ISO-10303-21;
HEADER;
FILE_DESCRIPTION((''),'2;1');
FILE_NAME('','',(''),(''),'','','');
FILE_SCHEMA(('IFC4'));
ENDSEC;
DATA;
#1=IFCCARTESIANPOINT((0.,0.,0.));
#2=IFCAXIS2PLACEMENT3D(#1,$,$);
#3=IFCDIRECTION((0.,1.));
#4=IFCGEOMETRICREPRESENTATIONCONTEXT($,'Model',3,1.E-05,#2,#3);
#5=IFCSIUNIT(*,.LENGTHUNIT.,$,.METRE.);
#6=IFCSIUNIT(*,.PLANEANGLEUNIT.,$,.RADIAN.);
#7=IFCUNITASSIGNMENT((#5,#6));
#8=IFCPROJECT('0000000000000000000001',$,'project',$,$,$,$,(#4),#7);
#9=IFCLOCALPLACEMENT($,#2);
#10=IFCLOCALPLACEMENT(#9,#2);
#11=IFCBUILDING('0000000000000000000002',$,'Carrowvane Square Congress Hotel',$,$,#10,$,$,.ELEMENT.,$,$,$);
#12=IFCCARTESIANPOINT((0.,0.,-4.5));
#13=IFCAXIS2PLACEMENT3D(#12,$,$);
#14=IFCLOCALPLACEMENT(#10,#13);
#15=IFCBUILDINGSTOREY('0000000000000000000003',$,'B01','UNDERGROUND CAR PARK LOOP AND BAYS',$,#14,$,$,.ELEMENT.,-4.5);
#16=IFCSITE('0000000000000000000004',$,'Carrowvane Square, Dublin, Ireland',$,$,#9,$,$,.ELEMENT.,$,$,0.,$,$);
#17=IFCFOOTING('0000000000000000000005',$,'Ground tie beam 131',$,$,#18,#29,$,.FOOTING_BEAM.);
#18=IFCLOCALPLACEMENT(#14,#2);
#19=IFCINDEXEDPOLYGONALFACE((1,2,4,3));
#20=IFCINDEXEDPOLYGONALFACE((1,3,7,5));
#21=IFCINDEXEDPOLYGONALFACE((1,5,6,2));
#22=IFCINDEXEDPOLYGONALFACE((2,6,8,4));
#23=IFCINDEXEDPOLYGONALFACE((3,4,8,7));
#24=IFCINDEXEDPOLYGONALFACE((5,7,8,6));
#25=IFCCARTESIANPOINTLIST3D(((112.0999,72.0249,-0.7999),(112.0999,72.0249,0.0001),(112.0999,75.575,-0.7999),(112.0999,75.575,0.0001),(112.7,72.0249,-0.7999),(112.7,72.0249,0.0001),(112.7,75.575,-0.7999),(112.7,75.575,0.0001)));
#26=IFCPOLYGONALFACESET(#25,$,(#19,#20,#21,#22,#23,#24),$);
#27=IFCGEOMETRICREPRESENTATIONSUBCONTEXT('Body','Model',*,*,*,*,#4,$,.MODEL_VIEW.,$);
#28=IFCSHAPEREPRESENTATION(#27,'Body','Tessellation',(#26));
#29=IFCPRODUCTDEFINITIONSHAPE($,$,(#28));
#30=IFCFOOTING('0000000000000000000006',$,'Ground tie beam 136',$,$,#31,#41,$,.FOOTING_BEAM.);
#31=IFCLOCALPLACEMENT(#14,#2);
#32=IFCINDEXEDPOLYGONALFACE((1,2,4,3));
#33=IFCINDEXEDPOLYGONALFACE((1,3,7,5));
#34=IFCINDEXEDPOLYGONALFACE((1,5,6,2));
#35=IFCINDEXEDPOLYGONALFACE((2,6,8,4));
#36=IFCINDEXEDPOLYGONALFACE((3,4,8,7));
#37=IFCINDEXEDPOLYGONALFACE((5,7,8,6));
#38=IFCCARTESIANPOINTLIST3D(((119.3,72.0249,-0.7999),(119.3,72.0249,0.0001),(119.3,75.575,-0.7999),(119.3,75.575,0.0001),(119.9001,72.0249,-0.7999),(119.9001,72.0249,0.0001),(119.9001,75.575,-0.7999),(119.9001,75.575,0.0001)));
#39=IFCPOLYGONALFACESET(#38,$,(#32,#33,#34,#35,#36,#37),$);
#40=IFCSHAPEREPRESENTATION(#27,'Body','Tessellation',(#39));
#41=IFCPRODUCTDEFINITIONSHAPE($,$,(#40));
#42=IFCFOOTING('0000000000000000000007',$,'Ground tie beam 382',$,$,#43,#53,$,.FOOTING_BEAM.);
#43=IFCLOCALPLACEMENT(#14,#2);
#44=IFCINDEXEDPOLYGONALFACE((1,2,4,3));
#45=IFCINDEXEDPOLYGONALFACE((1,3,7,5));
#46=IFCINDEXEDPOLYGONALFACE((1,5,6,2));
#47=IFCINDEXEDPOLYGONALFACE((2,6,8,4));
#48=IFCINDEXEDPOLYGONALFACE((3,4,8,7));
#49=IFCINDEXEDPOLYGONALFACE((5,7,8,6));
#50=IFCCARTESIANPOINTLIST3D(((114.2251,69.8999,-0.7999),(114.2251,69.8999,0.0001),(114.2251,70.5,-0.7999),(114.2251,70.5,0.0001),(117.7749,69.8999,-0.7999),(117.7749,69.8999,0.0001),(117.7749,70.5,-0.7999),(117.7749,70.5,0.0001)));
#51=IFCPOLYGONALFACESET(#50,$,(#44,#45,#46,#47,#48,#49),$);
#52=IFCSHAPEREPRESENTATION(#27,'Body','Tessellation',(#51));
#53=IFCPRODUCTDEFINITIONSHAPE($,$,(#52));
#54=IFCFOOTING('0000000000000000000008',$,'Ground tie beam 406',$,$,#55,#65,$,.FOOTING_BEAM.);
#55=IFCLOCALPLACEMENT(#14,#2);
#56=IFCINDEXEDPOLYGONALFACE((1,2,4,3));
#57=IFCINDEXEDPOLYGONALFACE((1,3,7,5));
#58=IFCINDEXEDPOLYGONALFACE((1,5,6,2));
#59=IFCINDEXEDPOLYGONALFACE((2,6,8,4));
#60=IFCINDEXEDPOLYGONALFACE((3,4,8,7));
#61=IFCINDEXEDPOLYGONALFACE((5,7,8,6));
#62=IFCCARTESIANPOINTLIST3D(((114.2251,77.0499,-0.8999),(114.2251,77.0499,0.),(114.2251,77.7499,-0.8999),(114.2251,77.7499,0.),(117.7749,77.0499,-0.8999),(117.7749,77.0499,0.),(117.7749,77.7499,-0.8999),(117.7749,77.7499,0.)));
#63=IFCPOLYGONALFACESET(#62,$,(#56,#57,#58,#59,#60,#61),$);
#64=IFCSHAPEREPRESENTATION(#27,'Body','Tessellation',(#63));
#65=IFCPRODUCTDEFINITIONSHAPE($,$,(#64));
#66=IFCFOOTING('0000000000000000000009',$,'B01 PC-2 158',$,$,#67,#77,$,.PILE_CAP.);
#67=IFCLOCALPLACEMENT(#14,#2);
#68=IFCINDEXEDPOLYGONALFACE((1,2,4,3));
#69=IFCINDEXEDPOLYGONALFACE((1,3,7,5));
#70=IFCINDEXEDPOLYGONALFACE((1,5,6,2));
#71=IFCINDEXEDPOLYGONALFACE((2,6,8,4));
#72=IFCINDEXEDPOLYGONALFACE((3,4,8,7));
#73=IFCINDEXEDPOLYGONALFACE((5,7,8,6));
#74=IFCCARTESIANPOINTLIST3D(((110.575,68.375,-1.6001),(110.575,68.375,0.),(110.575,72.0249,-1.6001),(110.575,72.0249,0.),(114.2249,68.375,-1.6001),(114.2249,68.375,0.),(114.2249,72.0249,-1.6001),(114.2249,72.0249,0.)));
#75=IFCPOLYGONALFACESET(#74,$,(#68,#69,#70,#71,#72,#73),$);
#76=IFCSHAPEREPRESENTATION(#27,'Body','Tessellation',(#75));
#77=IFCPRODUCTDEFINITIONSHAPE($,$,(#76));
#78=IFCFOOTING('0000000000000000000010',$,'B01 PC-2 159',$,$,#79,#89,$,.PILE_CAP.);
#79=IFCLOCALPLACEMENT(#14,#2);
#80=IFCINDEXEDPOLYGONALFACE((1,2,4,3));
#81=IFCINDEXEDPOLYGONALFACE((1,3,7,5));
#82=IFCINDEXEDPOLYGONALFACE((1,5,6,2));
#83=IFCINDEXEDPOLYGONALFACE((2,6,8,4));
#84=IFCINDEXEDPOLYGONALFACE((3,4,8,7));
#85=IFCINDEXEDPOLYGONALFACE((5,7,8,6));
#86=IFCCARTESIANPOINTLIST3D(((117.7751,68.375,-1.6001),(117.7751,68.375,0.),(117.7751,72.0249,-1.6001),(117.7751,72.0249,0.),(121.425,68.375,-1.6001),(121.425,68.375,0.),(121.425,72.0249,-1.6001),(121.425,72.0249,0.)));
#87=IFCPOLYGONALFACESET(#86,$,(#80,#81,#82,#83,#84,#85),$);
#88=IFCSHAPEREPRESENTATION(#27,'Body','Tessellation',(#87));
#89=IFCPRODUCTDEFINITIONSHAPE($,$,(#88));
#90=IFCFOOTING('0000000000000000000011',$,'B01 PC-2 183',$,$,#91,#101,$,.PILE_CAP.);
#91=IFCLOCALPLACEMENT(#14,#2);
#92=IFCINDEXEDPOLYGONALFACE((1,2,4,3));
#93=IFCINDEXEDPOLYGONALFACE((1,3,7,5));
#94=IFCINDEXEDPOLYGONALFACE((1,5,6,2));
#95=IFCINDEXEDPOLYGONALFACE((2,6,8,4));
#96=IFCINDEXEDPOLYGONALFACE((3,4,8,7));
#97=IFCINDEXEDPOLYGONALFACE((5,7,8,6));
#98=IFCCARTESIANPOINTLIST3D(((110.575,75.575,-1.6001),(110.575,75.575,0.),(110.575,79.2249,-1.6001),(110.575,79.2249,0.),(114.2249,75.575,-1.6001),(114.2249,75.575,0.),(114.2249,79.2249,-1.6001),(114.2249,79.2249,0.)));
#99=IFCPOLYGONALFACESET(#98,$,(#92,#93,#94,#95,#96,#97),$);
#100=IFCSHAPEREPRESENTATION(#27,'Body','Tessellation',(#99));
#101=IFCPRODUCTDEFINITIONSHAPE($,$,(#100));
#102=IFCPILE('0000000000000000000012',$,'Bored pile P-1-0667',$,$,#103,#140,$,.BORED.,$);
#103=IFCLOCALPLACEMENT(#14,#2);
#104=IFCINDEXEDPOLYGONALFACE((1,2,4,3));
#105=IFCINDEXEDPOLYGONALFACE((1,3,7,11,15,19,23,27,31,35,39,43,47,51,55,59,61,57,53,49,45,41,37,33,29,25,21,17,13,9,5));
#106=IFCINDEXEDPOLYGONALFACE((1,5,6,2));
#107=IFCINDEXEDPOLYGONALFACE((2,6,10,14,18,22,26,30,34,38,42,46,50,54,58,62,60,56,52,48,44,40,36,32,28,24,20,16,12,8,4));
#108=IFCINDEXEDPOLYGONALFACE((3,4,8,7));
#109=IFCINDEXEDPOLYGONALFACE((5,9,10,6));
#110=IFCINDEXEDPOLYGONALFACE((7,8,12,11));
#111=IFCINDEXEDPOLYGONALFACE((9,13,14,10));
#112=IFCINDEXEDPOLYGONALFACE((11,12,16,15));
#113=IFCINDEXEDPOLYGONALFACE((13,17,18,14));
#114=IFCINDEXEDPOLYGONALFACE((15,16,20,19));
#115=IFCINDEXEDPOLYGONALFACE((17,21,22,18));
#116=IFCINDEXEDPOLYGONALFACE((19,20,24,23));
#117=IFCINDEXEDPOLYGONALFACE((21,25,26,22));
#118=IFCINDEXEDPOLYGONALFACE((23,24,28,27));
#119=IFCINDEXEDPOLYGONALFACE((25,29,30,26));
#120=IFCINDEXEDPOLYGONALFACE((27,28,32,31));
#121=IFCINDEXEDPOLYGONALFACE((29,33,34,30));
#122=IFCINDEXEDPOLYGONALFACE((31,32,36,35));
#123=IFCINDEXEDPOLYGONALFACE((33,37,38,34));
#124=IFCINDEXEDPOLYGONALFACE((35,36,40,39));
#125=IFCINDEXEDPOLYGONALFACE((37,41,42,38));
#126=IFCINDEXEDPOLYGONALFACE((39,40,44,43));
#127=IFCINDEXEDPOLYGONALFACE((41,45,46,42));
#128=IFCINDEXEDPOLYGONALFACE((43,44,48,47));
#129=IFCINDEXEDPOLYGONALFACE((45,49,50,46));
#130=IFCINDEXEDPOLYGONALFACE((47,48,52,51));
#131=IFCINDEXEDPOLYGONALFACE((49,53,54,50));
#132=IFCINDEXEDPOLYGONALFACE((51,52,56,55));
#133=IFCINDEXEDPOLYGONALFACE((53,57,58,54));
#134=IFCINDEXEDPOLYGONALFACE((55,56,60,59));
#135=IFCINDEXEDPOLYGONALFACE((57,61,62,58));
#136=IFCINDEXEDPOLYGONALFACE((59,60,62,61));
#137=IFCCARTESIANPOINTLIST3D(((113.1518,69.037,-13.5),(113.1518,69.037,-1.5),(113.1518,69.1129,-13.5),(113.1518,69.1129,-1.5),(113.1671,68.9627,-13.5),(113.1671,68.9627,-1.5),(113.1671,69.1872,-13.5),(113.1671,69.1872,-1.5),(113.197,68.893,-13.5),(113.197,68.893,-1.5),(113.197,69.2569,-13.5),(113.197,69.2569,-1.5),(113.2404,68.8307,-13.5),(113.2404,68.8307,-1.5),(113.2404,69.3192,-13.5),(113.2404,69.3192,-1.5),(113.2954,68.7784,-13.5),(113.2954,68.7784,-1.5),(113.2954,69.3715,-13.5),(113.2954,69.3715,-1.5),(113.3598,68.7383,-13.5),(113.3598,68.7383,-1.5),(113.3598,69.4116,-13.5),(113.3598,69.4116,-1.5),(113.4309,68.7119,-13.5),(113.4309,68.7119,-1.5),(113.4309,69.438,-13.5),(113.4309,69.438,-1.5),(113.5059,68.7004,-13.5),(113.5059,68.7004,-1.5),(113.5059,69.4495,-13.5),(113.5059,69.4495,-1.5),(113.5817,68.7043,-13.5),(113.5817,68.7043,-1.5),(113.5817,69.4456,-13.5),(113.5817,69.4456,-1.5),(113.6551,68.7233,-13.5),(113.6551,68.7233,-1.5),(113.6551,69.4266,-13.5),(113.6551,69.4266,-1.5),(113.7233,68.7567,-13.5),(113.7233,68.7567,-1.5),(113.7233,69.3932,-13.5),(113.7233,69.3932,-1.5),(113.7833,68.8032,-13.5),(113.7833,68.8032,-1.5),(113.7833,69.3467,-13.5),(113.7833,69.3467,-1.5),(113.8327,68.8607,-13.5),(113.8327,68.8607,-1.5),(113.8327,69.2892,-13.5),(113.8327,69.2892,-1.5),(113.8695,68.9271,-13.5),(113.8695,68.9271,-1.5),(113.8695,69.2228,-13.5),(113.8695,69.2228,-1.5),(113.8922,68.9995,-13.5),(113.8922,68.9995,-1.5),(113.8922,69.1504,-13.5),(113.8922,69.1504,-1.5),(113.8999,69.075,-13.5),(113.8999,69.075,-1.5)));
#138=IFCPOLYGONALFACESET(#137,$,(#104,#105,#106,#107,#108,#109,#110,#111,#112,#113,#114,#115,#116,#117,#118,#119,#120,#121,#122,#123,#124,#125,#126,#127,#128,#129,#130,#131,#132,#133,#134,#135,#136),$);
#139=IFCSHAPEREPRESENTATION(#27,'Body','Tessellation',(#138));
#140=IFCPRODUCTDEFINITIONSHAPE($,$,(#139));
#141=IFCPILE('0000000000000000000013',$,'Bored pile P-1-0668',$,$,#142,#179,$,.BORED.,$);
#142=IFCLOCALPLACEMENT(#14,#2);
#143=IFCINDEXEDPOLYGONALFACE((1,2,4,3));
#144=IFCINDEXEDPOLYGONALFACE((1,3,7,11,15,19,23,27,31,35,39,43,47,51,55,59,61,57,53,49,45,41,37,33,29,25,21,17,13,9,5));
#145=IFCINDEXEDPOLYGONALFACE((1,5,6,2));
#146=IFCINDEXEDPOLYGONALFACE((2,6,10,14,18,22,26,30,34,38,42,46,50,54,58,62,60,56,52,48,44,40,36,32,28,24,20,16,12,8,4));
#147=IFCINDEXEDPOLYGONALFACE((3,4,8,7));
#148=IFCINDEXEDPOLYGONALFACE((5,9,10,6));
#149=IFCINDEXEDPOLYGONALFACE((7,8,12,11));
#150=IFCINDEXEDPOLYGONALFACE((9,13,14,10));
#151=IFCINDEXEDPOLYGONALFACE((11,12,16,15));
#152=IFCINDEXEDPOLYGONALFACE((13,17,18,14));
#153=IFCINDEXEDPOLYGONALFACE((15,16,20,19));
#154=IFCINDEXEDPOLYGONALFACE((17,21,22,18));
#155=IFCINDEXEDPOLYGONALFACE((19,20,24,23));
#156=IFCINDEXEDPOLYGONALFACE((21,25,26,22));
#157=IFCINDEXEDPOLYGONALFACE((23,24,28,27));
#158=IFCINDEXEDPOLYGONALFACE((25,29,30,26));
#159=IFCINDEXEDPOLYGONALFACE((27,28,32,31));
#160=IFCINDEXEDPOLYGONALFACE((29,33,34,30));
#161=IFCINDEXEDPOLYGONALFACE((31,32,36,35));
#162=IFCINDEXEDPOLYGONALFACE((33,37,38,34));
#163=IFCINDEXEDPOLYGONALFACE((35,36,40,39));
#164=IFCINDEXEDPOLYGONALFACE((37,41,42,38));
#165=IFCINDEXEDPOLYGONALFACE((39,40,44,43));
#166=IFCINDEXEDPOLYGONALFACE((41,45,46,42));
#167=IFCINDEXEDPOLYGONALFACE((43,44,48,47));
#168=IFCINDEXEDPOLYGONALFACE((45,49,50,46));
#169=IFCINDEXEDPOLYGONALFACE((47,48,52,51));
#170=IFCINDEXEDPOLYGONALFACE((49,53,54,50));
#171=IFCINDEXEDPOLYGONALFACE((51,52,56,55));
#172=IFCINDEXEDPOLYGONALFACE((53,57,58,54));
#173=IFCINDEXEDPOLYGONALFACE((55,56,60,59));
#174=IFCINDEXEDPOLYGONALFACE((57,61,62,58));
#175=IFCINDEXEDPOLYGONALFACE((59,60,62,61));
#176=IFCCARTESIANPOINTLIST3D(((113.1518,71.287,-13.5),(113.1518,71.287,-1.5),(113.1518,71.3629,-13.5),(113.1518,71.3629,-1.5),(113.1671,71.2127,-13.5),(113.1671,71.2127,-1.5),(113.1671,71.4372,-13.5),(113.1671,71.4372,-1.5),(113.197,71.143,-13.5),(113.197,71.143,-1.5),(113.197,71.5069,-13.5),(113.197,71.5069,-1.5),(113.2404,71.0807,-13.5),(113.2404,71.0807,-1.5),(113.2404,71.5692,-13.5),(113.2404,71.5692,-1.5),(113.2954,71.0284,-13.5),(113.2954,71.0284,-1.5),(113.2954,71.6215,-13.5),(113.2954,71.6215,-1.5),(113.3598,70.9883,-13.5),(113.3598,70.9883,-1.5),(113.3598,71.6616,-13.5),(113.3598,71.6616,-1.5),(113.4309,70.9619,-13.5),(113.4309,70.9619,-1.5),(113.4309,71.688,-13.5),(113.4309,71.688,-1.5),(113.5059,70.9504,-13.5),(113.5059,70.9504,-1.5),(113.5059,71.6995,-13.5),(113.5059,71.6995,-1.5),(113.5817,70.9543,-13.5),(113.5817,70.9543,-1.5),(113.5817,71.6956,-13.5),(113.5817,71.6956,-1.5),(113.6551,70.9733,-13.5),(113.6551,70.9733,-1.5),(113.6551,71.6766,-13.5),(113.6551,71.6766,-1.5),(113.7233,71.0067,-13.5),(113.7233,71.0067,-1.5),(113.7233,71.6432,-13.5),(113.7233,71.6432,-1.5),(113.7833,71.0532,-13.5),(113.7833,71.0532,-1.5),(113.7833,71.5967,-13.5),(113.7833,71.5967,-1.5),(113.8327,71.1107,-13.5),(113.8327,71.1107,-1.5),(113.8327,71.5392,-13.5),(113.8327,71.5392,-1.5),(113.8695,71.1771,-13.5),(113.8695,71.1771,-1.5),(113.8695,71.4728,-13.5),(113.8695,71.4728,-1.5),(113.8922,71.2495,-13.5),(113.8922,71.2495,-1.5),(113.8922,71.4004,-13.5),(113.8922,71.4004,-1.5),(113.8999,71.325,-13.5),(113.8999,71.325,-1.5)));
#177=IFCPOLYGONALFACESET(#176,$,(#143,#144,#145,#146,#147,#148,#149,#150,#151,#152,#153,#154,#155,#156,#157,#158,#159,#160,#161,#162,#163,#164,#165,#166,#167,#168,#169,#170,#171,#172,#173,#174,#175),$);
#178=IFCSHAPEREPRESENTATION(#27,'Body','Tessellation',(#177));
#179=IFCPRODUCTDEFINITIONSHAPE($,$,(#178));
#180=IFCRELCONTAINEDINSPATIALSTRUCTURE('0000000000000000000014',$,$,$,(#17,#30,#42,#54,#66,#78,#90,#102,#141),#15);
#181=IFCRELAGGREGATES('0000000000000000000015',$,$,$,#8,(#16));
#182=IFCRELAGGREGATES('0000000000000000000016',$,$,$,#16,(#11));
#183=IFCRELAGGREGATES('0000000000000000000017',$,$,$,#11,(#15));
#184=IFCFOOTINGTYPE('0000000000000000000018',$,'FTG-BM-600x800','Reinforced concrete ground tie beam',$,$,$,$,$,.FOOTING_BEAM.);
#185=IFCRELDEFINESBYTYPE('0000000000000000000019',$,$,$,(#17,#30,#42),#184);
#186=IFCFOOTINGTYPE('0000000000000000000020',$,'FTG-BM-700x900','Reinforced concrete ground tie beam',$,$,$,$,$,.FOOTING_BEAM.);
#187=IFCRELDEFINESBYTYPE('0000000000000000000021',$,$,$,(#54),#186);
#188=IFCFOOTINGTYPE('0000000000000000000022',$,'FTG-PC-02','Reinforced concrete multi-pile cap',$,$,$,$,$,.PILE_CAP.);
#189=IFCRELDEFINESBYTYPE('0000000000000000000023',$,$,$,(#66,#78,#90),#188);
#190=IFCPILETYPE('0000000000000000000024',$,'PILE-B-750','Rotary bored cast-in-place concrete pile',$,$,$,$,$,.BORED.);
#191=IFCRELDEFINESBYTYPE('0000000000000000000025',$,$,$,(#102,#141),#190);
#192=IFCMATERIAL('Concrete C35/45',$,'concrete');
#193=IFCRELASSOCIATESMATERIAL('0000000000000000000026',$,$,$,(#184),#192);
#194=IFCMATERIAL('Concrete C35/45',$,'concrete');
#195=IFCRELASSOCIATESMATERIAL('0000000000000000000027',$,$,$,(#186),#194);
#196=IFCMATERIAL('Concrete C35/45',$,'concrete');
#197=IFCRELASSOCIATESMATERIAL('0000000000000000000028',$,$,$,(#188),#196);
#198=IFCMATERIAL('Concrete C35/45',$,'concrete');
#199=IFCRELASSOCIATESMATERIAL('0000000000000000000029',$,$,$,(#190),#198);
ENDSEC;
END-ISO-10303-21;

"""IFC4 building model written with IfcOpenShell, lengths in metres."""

from ifc_helpers import new_model, si_unit, direction, frame, origin, origin_2d, place, context, subcontext, project, spatial, rectangle, circle, extrude, material, material_profile, profile_set, type_object, element, save


model = new_model("IFC4")

# Units and contexts
model_context = context("Model", 3, precision=1e-05, world=origin(), true_north=direction((0.0, 1.0)))
body_context = subcontext(model_context, "Body", "Model", "MODEL_VIEW")
ifc_project = project(units=[si_unit("LENGTHUNIT", "METRE"), si_unit("PLANEANGLEUNIT", "RADIAN")], contexts=[model_context])

# Site, building, storey
site_placement = place(None, origin())
site = spatial("IfcSite", under=ifc_project, at=site_placement, Name="Carrowvane Square, Dublin, Ireland", CompositionType="ELEMENT", RefElevation=0.0)
building_placement = place(site_placement, origin())
building = spatial("IfcBuilding", under=site, at=building_placement, Name="Carrowvane Square Congress Hotel", CompositionType="ELEMENT")
storey_placement = place(building_placement, frame((0.0, 0.0, -4.5)))
storey = spatial("IfcBuildingStorey", under=building, at=storey_placement, Name="B01", Description="UNDERGROUND CAR PARK LOOP AND BAYS", CompositionType="ELEMENT", Elevation=-4.5)

# Footings
ifc_material_1 = material(Name="Concrete C35/45", Category="concrete")
ifc_material_profile_1 = material_profile(ifc_material_1, rectangle(XDim=0.6001, YDim=0.8, at=origin_2d()), Name="RC 600x800")
ifc_profile_set_1 = profile_set([ifc_material_profile_1], Name="Concrete C35/45")
footing_type_1 = type_object("IfcFootingType", Name="FTG-BM-600x800", Description="Reinforced concrete ground tie beam", PredefinedType="FOOTING_BEAM", material=ifc_profile_set_1)
for number, where, z_axis, x_axis, name in (
    (1, (112.3999, 72.0249, -0.3999), (0.0, 1.0, 0.0), (-1.0, 0.0, 0.0), "Ground tie beam 131"),
    (2, (119.6001, 72.0249, -0.3999), (0.0, 1.0, 0.0), (-1.0, 0.0, 0.0), "Ground tie beam 136"),
):
    element("IfcFooting", number, at=place(storey_placement, frame(where, z_axis=z_axis, x_axis=x_axis)), inside=storey, type_object=footing_type_1, Name=name, PredefinedType="FOOTING_BEAM", context=body_context, shape_type="SweptSolid", body=[
        extrude(rectangle(XDim=0.6001, YDim=0.8, at=origin_2d()), origin(), (0.0, 0.0, 1.0), 3.55),
    ])
footing_1_placement = place(storey_placement, frame((114.2251, 70.2, -0.3999), z_axis=(1.0, 0.0, 0.0), x_axis=(0.0, 1.0, 0.0)))
element("IfcFooting", 3, at=footing_1_placement, inside=storey, type_object=footing_type_1, Name="Ground tie beam 382", PredefinedType="FOOTING_BEAM", context=body_context, shape_type="SweptSolid", body=[
    extrude(rectangle(XDim=0.6001, YDim=0.8, at=origin_2d()), origin(), (0.0, 0.0, 1.0), 3.5498),
])
ifc_material_2 = material(Name="Concrete C35/45", Category="concrete")
ifc_material_profile_2 = material_profile(ifc_material_2, rectangle(XDim=0.7, YDim=0.8999, at=origin_2d()), Name="RC 700x900")
ifc_profile_set_2 = profile_set([ifc_material_profile_2], Name="Concrete C35/45")
footing_type_2 = type_object("IfcFootingType", Name="FTG-BM-700x900", Description="Reinforced concrete ground tie beam", PredefinedType="FOOTING_BEAM", material=ifc_profile_set_2)
footing_2_placement = place(storey_placement, frame((114.2251, 77.3999, -0.45), z_axis=(1.0, 0.0, 0.0), x_axis=(0.0, 1.0, 0.0)))
element("IfcFooting", 4, at=footing_2_placement, inside=storey, type_object=footing_type_2, Name="Ground tie beam 406", PredefinedType="FOOTING_BEAM", context=body_context, shape_type="SweptSolid", body=[
    extrude(rectangle(XDim=0.7, YDim=0.8999, at=origin_2d()), origin(), (0.0, 0.0, 1.0), 3.5498),
])
ifc_material_3 = material(Name="Concrete C35/45", Category="concrete")
footing_type_3 = type_object("IfcFootingType", Name="FTG-PC-02", Description="Reinforced concrete multi-pile cap", PredefinedType="PILE_CAP", material=ifc_material_3)
for number, where, z_axis, x_axis, name in (
    (5, (112.3999, 70.2, -1.6001), (0.0, 0.0, 1.0), (1.0, 0.0, 0.0), "B01 PC-2 158"),
    (6, (119.6001, 70.2, -1.6001), (0.0, 0.0, 1.0), (1.0, 0.0, 0.0), "B01 PC-2 159"),
    (7, (112.3999, 77.3999, -1.6001), (0.0, 0.0, 1.0), (1.0, 0.0, 0.0), "B01 PC-2 183"),
):
    element("IfcFooting", number, at=place(storey_placement, frame(where, z_axis=z_axis, x_axis=x_axis)), inside=storey, type_object=footing_type_3, Name=name, PredefinedType="PILE_CAP", context=body_context, shape_type="SweptSolid", body=[
        extrude(rectangle(XDim=3.6499, YDim=3.6499, at=origin_2d()), origin(), (0.0, 0.0, 1.0), 1.6001),
    ])

# Piles
ifc_material_4 = material(Name="Concrete C35/45", Category="concrete")
ifc_material_profile_3 = material_profile(ifc_material_4, circle(Radius=0.375, at=origin_2d()), Name="PILE D750")
ifc_profile_set_3 = profile_set([ifc_material_profile_3], Name="Concrete C35/45")
pile_type = type_object("IfcPileType", Name="PILE-B-750", Description="Rotary bored cast-in-place concrete pile", PredefinedType="BORED", material=ifc_profile_set_3)
for number, where, z_axis, x_axis, name in (
    (8, (113.5249, 69.075, -1.5), (0.0, 0.0, -1.0), (1.0, 0.0, 0.0), "Bored pile P-1-0667"),
    (9, (113.5249, 71.325, -1.5), (0.0, 0.0, -1.0), (1.0, 0.0, 0.0), "Bored pile P-1-0668"),
):
    element("IfcPile", number, at=place(storey_placement, frame(where, z_axis=z_axis, x_axis=x_axis)), inside=storey, type_object=pile_type, Name=name, PredefinedType="BORED", context=body_context, shape_type="SweptSolid", body=[
        extrude(circle(Radius=0.375, at=origin_2d()), origin(), (0.0, 0.0, 1.0), 12.0),
    ])

save(model, "model.ifc")
